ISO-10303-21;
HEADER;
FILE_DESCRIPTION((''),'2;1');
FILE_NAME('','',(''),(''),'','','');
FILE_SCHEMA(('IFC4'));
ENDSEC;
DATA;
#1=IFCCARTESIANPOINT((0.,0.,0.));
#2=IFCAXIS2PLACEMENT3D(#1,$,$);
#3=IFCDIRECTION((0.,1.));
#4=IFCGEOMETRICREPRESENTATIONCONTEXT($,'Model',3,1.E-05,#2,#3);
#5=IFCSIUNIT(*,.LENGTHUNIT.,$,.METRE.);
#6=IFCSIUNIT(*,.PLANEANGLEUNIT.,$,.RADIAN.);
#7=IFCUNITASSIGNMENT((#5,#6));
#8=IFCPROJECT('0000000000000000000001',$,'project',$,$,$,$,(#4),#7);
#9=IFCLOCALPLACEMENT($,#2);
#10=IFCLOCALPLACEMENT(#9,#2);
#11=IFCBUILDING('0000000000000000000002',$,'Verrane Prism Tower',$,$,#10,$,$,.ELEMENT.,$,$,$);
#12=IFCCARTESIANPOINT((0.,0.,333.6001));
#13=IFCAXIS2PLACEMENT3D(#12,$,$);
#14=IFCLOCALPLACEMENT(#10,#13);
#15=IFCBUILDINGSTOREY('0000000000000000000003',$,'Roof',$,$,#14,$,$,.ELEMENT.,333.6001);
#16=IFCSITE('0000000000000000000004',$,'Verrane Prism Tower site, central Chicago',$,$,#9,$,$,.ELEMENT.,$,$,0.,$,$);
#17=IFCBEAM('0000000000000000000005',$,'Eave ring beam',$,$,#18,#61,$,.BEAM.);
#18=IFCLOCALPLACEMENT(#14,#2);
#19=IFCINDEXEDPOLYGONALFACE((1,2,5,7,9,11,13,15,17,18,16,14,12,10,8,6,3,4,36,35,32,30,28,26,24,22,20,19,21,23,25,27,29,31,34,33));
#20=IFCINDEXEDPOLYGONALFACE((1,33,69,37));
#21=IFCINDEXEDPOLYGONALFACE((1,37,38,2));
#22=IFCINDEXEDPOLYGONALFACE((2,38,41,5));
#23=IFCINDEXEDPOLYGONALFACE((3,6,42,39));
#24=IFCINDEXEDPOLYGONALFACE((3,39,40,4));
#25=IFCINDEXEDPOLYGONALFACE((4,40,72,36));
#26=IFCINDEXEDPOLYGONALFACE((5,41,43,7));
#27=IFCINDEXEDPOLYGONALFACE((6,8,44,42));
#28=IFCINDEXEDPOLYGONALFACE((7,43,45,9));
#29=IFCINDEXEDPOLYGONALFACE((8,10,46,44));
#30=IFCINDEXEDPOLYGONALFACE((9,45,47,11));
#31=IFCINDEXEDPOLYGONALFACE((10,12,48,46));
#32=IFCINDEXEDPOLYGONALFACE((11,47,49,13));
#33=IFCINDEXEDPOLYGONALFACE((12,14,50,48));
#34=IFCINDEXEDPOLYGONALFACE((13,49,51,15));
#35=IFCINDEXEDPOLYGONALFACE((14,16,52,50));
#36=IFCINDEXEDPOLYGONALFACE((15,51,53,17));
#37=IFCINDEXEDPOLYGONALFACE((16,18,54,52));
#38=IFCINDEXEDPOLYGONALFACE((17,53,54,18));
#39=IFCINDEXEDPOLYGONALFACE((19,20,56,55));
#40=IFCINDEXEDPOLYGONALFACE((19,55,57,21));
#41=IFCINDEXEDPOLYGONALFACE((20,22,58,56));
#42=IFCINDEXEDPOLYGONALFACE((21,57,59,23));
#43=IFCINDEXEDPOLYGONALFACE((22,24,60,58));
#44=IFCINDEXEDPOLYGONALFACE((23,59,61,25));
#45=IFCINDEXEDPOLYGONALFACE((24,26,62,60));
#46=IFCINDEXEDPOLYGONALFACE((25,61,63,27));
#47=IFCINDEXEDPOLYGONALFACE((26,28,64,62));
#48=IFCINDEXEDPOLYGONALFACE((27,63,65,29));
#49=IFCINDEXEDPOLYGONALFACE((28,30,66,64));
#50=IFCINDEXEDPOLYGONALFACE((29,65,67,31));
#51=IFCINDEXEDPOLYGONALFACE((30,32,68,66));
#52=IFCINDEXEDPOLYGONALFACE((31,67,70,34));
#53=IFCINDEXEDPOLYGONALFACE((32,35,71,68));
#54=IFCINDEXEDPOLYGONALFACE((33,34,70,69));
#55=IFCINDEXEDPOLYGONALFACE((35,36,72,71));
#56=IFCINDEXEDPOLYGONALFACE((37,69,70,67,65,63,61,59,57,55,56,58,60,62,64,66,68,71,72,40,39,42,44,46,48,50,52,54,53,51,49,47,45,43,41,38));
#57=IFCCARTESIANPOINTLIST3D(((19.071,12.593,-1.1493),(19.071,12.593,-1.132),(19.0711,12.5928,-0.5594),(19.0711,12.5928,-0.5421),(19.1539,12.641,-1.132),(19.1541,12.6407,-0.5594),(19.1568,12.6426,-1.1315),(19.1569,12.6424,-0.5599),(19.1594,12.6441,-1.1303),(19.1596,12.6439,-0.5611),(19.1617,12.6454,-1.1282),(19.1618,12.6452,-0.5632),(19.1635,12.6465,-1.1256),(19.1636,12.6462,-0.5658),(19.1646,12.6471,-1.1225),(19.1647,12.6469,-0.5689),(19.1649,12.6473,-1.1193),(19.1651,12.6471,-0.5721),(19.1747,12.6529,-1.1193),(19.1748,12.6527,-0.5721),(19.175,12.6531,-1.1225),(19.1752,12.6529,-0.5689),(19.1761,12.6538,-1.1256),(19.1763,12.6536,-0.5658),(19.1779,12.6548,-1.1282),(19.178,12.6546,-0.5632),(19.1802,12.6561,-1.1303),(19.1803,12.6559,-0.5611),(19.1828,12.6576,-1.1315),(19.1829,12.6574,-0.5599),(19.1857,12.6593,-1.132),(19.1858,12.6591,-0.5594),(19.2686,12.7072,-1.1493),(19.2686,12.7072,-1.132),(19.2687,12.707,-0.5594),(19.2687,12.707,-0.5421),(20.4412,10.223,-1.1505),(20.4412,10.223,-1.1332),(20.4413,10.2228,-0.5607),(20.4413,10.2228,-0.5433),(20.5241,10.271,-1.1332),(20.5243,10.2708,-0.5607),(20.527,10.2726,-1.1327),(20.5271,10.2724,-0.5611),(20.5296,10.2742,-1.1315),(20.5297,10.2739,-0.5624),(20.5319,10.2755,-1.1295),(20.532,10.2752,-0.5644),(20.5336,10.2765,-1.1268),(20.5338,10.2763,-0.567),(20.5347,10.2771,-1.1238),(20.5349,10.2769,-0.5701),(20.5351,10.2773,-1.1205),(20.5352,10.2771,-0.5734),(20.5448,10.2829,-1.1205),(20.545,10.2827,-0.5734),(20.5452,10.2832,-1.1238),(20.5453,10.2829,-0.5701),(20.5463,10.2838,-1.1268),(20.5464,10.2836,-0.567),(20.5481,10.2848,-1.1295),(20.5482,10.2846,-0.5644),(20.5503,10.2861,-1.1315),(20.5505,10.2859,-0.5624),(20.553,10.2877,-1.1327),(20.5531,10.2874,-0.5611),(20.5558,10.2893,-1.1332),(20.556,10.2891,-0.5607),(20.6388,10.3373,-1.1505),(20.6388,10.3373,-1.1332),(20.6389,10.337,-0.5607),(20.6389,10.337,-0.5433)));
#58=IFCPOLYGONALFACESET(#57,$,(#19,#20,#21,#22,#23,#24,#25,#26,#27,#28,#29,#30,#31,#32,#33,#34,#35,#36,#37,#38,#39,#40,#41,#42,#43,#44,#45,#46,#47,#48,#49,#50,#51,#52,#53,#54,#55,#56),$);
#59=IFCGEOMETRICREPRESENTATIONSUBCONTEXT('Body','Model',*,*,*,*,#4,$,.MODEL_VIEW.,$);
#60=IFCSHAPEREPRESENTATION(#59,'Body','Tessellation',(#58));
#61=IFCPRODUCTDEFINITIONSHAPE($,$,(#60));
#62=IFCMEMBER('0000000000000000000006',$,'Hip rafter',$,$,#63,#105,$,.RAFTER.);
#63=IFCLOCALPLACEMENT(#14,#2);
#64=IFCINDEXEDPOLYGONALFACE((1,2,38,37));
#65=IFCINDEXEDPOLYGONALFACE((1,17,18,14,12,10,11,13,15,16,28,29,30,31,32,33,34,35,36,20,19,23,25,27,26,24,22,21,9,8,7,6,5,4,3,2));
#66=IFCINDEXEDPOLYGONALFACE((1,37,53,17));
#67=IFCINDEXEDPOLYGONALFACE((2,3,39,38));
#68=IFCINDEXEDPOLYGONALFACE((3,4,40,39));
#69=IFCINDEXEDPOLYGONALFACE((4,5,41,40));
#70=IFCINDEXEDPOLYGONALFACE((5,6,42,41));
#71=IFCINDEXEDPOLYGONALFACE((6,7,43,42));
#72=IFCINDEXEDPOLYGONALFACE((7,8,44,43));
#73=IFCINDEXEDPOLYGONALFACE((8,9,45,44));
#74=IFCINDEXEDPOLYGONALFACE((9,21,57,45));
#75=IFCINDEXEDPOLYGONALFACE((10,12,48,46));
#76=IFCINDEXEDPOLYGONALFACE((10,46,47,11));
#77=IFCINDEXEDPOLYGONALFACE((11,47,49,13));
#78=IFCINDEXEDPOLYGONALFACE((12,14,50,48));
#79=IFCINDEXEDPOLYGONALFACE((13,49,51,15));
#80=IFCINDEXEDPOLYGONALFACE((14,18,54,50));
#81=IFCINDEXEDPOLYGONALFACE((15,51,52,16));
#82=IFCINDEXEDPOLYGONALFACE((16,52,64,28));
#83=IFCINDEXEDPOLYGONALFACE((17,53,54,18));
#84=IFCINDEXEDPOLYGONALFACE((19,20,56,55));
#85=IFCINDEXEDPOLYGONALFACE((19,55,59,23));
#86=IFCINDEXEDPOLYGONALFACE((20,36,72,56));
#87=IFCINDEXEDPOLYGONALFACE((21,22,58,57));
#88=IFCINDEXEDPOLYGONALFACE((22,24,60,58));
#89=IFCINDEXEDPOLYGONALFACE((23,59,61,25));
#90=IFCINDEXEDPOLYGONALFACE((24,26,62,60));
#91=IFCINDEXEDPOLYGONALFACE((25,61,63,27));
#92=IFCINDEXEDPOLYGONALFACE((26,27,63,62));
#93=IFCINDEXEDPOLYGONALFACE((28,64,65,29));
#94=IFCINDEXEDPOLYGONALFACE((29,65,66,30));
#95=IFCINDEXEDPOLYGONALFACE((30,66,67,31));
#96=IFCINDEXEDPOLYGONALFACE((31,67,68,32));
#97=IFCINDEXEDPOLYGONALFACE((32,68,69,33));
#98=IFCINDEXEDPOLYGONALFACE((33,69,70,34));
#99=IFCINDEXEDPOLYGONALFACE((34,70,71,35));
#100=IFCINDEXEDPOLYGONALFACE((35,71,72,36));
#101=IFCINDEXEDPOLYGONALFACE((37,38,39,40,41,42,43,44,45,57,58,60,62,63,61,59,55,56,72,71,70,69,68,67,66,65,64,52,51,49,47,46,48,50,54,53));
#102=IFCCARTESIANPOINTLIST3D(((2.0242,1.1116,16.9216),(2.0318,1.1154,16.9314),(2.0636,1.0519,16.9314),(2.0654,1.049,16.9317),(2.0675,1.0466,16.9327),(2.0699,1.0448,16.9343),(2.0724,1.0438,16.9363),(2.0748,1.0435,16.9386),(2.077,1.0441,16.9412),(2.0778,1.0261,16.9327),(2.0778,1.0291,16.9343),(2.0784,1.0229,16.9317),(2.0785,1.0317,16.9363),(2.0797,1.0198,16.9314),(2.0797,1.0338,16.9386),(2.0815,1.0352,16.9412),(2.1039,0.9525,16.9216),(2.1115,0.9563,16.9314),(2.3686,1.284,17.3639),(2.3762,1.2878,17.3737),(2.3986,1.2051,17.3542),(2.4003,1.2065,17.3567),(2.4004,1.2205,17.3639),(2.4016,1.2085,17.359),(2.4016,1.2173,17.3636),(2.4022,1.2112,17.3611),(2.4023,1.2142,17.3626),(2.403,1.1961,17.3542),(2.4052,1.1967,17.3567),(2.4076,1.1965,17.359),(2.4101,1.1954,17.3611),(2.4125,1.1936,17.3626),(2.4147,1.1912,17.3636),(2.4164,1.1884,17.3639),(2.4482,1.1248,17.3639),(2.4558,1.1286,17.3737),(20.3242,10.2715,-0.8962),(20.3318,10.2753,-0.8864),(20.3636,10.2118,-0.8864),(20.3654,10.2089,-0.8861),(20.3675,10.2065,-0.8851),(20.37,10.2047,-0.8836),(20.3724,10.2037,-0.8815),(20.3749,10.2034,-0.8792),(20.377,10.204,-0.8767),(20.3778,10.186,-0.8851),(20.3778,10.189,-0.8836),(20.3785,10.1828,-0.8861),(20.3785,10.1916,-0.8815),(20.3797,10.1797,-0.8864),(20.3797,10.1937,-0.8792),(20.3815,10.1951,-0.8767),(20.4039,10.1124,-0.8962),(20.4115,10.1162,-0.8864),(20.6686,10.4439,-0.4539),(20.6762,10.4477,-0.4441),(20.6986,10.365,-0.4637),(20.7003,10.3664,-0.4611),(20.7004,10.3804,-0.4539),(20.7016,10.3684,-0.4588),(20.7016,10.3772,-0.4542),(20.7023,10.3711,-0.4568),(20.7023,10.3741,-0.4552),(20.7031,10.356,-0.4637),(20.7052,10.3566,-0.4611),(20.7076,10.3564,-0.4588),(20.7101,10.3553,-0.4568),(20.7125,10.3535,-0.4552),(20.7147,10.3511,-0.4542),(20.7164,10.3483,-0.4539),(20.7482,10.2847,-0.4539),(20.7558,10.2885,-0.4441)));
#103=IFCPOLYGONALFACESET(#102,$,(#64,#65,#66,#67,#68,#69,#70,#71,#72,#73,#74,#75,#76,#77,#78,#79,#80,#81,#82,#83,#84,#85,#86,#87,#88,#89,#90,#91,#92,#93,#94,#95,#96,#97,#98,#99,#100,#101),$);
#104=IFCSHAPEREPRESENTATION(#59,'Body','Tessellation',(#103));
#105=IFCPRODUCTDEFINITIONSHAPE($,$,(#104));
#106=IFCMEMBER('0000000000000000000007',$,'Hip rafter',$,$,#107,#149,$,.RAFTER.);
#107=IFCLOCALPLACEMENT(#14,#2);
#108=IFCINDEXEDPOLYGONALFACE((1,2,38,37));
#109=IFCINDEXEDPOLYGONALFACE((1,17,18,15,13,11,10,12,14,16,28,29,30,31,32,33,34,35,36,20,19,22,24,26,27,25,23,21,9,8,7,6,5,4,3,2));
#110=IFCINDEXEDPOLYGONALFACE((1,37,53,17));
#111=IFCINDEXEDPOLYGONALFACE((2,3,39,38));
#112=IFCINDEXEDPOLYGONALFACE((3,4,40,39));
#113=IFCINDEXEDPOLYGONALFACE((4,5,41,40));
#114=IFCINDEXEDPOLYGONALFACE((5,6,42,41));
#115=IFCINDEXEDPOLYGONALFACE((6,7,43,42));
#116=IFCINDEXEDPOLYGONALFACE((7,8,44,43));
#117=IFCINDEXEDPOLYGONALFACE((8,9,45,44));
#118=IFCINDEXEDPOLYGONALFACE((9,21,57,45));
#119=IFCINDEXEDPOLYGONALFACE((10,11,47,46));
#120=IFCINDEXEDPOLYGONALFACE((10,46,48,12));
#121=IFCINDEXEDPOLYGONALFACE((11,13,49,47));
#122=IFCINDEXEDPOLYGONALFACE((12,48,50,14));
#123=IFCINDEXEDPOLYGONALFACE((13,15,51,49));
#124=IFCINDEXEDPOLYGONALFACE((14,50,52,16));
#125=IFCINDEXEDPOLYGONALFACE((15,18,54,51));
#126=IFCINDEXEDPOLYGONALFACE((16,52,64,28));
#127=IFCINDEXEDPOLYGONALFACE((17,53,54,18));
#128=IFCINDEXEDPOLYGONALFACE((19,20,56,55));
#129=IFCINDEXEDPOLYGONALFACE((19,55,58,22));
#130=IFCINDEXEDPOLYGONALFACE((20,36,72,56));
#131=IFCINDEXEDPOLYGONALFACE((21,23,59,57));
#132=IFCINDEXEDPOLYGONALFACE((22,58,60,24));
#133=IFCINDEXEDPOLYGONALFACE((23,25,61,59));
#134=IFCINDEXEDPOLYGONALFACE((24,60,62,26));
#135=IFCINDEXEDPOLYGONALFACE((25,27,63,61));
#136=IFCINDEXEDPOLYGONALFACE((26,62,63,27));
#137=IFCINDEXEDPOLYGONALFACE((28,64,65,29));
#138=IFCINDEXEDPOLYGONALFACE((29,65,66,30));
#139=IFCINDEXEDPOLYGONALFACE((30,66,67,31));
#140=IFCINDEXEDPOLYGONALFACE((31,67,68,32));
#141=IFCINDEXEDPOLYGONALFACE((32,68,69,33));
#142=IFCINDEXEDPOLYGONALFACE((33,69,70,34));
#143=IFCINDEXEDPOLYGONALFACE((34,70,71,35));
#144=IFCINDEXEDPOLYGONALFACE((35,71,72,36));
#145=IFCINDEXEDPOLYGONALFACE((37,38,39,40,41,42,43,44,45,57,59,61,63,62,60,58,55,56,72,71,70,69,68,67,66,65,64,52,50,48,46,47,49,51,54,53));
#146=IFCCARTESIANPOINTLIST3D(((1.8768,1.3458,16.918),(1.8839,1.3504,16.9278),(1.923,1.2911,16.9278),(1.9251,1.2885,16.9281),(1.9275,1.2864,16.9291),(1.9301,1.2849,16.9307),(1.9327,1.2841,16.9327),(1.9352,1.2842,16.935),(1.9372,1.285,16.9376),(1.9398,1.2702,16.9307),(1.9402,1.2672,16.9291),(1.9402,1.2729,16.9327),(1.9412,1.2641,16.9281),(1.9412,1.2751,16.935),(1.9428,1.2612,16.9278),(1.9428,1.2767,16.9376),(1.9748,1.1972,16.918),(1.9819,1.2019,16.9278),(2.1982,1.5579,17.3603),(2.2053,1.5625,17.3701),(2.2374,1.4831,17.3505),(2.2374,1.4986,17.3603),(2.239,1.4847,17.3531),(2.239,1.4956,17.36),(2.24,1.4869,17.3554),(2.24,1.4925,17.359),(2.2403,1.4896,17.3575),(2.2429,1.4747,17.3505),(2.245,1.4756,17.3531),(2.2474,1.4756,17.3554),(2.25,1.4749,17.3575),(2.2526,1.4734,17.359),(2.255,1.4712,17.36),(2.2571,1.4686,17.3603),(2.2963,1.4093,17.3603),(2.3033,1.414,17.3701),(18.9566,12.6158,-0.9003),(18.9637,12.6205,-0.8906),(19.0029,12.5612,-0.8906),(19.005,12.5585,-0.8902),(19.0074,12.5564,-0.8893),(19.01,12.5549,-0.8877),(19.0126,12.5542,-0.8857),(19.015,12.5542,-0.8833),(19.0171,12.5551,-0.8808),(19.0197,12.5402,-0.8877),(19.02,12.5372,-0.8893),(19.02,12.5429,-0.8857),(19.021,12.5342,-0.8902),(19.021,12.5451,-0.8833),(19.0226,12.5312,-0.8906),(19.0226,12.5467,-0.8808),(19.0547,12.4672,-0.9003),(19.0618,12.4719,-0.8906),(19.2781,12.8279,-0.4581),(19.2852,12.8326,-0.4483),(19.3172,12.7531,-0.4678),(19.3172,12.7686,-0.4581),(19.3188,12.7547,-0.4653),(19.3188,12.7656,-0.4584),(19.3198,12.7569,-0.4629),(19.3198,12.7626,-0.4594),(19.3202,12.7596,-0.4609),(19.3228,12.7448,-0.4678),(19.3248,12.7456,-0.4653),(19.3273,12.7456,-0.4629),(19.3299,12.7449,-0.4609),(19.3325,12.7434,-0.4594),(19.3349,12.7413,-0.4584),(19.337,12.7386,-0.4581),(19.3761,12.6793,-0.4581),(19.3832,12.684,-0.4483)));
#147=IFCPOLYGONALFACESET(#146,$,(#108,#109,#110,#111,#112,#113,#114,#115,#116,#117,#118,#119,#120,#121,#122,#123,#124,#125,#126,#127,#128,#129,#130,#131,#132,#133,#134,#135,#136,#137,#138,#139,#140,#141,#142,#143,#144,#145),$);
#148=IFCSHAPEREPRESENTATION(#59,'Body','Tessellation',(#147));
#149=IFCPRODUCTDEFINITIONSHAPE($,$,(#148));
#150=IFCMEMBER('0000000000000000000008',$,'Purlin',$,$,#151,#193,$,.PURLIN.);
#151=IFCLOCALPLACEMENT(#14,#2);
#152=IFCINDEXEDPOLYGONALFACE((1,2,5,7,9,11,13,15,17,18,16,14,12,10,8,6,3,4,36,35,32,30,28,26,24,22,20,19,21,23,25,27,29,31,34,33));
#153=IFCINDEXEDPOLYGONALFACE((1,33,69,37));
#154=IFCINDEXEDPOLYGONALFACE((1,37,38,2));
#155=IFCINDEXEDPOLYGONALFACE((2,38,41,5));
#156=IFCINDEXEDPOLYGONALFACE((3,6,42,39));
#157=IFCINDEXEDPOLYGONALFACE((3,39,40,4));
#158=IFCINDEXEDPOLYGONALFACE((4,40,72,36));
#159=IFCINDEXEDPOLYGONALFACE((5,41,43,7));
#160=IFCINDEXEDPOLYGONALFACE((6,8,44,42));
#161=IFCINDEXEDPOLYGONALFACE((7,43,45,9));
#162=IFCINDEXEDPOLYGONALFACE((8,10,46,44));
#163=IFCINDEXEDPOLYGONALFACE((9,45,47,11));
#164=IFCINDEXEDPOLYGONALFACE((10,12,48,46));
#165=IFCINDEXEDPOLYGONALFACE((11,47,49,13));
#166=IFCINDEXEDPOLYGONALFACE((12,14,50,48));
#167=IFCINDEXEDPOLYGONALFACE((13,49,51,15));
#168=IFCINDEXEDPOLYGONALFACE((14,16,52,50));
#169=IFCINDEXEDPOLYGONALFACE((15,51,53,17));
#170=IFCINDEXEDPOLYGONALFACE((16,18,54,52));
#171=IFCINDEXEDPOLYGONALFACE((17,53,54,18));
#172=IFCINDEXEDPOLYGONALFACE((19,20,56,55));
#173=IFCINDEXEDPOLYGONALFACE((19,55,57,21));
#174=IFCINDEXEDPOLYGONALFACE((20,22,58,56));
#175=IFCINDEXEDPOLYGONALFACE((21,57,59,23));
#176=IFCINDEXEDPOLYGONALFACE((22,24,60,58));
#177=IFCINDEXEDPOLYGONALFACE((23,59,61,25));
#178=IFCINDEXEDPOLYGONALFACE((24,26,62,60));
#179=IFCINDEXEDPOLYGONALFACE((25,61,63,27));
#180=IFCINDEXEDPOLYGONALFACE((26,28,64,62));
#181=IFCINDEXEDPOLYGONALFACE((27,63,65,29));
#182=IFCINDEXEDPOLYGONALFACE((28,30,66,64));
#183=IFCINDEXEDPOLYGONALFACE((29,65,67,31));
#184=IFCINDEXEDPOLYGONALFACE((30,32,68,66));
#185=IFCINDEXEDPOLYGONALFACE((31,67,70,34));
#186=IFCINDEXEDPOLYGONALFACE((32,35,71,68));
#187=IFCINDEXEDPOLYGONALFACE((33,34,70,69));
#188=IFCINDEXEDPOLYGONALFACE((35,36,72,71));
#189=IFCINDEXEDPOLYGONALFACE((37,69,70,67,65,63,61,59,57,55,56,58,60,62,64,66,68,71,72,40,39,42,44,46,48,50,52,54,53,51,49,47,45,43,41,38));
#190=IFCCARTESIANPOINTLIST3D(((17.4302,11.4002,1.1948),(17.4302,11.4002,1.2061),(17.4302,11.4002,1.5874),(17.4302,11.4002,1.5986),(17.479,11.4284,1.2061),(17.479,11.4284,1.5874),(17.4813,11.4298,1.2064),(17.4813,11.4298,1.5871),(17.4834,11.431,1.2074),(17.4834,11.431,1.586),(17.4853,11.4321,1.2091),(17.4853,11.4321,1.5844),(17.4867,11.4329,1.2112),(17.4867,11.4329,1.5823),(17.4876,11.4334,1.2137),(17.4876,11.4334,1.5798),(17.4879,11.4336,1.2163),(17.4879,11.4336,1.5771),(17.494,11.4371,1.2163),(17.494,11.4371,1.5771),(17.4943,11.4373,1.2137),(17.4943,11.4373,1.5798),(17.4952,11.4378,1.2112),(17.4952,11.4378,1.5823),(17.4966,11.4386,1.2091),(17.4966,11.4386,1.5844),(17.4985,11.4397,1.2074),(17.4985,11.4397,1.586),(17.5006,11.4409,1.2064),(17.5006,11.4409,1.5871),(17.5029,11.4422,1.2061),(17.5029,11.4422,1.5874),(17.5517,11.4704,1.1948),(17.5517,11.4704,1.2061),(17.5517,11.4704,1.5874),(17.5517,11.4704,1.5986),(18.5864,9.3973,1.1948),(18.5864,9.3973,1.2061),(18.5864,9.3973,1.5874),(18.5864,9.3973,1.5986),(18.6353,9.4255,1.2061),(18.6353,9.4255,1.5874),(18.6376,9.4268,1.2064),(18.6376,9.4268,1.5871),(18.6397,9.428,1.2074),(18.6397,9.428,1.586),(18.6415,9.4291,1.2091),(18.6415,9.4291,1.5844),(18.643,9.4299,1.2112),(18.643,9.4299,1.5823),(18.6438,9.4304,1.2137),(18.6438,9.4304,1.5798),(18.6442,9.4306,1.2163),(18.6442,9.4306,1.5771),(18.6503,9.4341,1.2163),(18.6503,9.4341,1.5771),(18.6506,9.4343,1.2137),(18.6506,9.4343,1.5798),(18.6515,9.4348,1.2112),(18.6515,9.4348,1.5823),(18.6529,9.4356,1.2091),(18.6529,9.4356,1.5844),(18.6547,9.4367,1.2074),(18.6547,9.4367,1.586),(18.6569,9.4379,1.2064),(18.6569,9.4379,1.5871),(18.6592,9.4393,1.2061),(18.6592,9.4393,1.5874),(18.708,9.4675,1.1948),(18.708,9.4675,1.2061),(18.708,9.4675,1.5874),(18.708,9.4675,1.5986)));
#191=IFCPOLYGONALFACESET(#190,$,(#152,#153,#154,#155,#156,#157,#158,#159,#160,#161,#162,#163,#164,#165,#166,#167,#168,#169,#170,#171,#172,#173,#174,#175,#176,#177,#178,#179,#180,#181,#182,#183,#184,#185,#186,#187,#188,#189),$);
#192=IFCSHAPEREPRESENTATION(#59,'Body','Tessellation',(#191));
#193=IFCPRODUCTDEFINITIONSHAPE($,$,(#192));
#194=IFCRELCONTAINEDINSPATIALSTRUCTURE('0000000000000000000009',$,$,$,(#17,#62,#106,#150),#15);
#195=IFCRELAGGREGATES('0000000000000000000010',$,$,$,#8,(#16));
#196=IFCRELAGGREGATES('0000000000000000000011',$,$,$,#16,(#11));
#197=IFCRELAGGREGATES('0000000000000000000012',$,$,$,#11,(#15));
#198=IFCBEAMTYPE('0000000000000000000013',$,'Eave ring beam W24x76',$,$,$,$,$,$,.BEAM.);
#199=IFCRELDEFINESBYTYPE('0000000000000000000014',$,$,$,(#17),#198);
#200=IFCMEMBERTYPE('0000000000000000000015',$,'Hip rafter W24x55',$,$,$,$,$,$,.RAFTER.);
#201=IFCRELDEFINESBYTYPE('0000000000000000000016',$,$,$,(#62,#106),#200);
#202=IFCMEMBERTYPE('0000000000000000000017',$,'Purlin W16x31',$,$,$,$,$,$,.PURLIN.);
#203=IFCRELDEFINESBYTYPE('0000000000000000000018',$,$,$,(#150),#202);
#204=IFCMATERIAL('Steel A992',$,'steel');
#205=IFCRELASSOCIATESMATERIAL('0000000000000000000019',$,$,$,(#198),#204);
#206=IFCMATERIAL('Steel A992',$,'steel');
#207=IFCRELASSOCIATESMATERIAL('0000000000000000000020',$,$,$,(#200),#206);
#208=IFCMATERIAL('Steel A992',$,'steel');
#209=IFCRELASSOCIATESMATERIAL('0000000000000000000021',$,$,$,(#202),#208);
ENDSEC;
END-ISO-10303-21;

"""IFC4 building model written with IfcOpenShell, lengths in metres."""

from ifc_helpers import new_model, si_unit, direction, frame, origin, origin_2d, place, context, subcontext, project, spatial, i_section, extrude, material, material_profile, profile_set, type_object, element, save


model = new_model("IFC4")

# Units and contexts
model_context = context("Model", 3, precision=1e-05, world=origin(), true_north=direction((0.0, 1.0)))
body_context = subcontext(model_context, "Body", "Model", "MODEL_VIEW")
ifc_project = project(units=[si_unit("LENGTHUNIT", "METRE"), si_unit("PLANEANGLEUNIT", "RADIAN")], contexts=[model_context])

# Site, building, storey
site_placement = place(None, origin())
site = spatial("IfcSite", under=ifc_project, at=site_placement, Name="Verrane Prism Tower site, central Chicago", CompositionType="ELEMENT", RefElevation=0.0)
building_placement = place(site_placement, origin())
building = spatial("IfcBuilding", under=site, at=building_placement, Name="Verrane Prism Tower", CompositionType="ELEMENT")
storey_placement = place(building_placement, frame((0.0, 0.0, 333.6001)))
storey = spatial("IfcBuildingStorey", under=building, at=storey_placement, Name="Roof", CompositionType="ELEMENT", Elevation=333.6001)

# Beam
ifc_material_1 = material(Name="Steel A992", Category="steel")
ifc_material_profile_1 = material_profile(ifc_material_1, i_section(OverallWidth=0.2283, OverallDepth=0.6072, WebThickness=0.0112, FlangeThickness=0.0173, FilletRadius=0.0127, at=origin_2d()), Name="W24x76")
ifc_profile_set_1 = profile_set([ifc_material_profile_1], Name="Steel A992")
beam_type = type_object("IfcBeamType", Name="Eave ring beam W24x76", PredefinedType="BEAM", material=ifc_profile_set_1)
beam_1_placement = place(storey_placement, frame((20.54, 10.28, -0.8469), z_axis=(-0.500512, 0.865729, 0.000446), x_axis=(-0.865729, -0.500512, 0.0)))
element("IfcBeam", 1, at=beam_1_placement, inside=storey, type_object=beam_type, Name="Eave ring beam", PredefinedType="BEAM", context=body_context, shape_type="SweptSolid", body=[
    extrude(i_section(OverallWidth=0.2283, OverallDepth=0.6072, WebThickness=0.0112, FlangeThickness=0.0173, FilletRadius=0.0127, at=origin_2d()), origin(), (0.0, 0.0, 1.0), 2.7375),
])

# Members
ifc_material_2 = material(Name="Steel A992", Category="steel")
ifc_material_profile_2 = material_profile(ifc_material_2, i_section(OverallWidth=0.178, OverallDepth=0.5994, WebThickness=0.01, FlangeThickness=0.0129, FilletRadius=0.0129, at=origin_2d()), Name="W24x55")
ifc_profile_set_2 = profile_set([ifc_material_profile_2], Name="Steel A992")
member_type_1 = type_object("IfcMemberType", Name="Hip rafter W24x55", PredefinedType="RAFTER", material=ifc_profile_set_2)
member_1_placement = place(storey_placement, frame((20.54, 10.28, -0.6702), z_axis=(-0.674424, -0.337576, 0.656654), x_axis=(0.4476, -0.894234, 0.0)))
element("IfcMember", 2, at=member_1_placement, inside=storey, type_object=member_type_1, Name="Hip rafter", PredefinedType="RAFTER", context=body_context, shape_type="SweptSolid", body=[
    extrude(i_section(OverallWidth=0.178, OverallDepth=0.5994, WebThickness=0.01, FlangeThickness=0.0129, FilletRadius=0.0129, at=origin_2d()), origin(), (0.0, 0.0, 1.0), 27.1343),
])
member_2_placement = place(storey_placement, frame((19.1699, 12.6499, -0.6743), z_axis=(-0.629474, -0.415354, 0.656692), x_axis=(0.550751, -0.834669, 0.0)))
element("IfcMember", 3, at=member_2_placement, inside=storey, type_object=member_type_1, Name="Hip rafter", PredefinedType="RAFTER", context=body_context, shape_type="SweptSolid", body=[
    extrude(i_section(OverallWidth=0.178, OverallDepth=0.5994, WebThickness=0.01, FlangeThickness=0.0129, FilletRadius=0.0129, at=origin_2d()), origin(), (0.0, 0.0, 1.0), 27.1335),
])
ifc_material_3 = material(Name="Steel A992", Category="steel")
ifc_material_profile_3 = material_profile(ifc_material_3, i_section(OverallWidth=0.1404, OverallDepth=0.4038, WebThickness=0.0071, FlangeThickness=0.0112, FilletRadius=0.0103, at=origin_2d()), Name="W16x31")
ifc_profile_set_3 = profile_set([ifc_material_profile_3], Name="Steel A992")
member_type_2 = type_object("IfcMemberType", Name="Purlin W16x31", PredefinedType="PURLIN", material=ifc_profile_set_3)
member_3_placement = place(storey_placement, frame((18.6472, 9.4324, 1.3967), z_axis=(-0.499954, 0.866052, 0.0), x_axis=(-0.866052, -0.499954, 0.0)))
element("IfcMember", 4, at=member_3_placement, inside=storey, type_object=member_type_2, Name="Purlin", PredefinedType="PURLIN", context=body_context, shape_type="SweptSolid", body=[
    extrude(i_section(OverallWidth=0.1404, OverallDepth=0.4038, WebThickness=0.0071, FlangeThickness=0.0112, FilletRadius=0.0103, at=origin_2d()), origin(), (0.0, 0.0, 1.0), 2.3127),
])

save(model, "model.ifc")
